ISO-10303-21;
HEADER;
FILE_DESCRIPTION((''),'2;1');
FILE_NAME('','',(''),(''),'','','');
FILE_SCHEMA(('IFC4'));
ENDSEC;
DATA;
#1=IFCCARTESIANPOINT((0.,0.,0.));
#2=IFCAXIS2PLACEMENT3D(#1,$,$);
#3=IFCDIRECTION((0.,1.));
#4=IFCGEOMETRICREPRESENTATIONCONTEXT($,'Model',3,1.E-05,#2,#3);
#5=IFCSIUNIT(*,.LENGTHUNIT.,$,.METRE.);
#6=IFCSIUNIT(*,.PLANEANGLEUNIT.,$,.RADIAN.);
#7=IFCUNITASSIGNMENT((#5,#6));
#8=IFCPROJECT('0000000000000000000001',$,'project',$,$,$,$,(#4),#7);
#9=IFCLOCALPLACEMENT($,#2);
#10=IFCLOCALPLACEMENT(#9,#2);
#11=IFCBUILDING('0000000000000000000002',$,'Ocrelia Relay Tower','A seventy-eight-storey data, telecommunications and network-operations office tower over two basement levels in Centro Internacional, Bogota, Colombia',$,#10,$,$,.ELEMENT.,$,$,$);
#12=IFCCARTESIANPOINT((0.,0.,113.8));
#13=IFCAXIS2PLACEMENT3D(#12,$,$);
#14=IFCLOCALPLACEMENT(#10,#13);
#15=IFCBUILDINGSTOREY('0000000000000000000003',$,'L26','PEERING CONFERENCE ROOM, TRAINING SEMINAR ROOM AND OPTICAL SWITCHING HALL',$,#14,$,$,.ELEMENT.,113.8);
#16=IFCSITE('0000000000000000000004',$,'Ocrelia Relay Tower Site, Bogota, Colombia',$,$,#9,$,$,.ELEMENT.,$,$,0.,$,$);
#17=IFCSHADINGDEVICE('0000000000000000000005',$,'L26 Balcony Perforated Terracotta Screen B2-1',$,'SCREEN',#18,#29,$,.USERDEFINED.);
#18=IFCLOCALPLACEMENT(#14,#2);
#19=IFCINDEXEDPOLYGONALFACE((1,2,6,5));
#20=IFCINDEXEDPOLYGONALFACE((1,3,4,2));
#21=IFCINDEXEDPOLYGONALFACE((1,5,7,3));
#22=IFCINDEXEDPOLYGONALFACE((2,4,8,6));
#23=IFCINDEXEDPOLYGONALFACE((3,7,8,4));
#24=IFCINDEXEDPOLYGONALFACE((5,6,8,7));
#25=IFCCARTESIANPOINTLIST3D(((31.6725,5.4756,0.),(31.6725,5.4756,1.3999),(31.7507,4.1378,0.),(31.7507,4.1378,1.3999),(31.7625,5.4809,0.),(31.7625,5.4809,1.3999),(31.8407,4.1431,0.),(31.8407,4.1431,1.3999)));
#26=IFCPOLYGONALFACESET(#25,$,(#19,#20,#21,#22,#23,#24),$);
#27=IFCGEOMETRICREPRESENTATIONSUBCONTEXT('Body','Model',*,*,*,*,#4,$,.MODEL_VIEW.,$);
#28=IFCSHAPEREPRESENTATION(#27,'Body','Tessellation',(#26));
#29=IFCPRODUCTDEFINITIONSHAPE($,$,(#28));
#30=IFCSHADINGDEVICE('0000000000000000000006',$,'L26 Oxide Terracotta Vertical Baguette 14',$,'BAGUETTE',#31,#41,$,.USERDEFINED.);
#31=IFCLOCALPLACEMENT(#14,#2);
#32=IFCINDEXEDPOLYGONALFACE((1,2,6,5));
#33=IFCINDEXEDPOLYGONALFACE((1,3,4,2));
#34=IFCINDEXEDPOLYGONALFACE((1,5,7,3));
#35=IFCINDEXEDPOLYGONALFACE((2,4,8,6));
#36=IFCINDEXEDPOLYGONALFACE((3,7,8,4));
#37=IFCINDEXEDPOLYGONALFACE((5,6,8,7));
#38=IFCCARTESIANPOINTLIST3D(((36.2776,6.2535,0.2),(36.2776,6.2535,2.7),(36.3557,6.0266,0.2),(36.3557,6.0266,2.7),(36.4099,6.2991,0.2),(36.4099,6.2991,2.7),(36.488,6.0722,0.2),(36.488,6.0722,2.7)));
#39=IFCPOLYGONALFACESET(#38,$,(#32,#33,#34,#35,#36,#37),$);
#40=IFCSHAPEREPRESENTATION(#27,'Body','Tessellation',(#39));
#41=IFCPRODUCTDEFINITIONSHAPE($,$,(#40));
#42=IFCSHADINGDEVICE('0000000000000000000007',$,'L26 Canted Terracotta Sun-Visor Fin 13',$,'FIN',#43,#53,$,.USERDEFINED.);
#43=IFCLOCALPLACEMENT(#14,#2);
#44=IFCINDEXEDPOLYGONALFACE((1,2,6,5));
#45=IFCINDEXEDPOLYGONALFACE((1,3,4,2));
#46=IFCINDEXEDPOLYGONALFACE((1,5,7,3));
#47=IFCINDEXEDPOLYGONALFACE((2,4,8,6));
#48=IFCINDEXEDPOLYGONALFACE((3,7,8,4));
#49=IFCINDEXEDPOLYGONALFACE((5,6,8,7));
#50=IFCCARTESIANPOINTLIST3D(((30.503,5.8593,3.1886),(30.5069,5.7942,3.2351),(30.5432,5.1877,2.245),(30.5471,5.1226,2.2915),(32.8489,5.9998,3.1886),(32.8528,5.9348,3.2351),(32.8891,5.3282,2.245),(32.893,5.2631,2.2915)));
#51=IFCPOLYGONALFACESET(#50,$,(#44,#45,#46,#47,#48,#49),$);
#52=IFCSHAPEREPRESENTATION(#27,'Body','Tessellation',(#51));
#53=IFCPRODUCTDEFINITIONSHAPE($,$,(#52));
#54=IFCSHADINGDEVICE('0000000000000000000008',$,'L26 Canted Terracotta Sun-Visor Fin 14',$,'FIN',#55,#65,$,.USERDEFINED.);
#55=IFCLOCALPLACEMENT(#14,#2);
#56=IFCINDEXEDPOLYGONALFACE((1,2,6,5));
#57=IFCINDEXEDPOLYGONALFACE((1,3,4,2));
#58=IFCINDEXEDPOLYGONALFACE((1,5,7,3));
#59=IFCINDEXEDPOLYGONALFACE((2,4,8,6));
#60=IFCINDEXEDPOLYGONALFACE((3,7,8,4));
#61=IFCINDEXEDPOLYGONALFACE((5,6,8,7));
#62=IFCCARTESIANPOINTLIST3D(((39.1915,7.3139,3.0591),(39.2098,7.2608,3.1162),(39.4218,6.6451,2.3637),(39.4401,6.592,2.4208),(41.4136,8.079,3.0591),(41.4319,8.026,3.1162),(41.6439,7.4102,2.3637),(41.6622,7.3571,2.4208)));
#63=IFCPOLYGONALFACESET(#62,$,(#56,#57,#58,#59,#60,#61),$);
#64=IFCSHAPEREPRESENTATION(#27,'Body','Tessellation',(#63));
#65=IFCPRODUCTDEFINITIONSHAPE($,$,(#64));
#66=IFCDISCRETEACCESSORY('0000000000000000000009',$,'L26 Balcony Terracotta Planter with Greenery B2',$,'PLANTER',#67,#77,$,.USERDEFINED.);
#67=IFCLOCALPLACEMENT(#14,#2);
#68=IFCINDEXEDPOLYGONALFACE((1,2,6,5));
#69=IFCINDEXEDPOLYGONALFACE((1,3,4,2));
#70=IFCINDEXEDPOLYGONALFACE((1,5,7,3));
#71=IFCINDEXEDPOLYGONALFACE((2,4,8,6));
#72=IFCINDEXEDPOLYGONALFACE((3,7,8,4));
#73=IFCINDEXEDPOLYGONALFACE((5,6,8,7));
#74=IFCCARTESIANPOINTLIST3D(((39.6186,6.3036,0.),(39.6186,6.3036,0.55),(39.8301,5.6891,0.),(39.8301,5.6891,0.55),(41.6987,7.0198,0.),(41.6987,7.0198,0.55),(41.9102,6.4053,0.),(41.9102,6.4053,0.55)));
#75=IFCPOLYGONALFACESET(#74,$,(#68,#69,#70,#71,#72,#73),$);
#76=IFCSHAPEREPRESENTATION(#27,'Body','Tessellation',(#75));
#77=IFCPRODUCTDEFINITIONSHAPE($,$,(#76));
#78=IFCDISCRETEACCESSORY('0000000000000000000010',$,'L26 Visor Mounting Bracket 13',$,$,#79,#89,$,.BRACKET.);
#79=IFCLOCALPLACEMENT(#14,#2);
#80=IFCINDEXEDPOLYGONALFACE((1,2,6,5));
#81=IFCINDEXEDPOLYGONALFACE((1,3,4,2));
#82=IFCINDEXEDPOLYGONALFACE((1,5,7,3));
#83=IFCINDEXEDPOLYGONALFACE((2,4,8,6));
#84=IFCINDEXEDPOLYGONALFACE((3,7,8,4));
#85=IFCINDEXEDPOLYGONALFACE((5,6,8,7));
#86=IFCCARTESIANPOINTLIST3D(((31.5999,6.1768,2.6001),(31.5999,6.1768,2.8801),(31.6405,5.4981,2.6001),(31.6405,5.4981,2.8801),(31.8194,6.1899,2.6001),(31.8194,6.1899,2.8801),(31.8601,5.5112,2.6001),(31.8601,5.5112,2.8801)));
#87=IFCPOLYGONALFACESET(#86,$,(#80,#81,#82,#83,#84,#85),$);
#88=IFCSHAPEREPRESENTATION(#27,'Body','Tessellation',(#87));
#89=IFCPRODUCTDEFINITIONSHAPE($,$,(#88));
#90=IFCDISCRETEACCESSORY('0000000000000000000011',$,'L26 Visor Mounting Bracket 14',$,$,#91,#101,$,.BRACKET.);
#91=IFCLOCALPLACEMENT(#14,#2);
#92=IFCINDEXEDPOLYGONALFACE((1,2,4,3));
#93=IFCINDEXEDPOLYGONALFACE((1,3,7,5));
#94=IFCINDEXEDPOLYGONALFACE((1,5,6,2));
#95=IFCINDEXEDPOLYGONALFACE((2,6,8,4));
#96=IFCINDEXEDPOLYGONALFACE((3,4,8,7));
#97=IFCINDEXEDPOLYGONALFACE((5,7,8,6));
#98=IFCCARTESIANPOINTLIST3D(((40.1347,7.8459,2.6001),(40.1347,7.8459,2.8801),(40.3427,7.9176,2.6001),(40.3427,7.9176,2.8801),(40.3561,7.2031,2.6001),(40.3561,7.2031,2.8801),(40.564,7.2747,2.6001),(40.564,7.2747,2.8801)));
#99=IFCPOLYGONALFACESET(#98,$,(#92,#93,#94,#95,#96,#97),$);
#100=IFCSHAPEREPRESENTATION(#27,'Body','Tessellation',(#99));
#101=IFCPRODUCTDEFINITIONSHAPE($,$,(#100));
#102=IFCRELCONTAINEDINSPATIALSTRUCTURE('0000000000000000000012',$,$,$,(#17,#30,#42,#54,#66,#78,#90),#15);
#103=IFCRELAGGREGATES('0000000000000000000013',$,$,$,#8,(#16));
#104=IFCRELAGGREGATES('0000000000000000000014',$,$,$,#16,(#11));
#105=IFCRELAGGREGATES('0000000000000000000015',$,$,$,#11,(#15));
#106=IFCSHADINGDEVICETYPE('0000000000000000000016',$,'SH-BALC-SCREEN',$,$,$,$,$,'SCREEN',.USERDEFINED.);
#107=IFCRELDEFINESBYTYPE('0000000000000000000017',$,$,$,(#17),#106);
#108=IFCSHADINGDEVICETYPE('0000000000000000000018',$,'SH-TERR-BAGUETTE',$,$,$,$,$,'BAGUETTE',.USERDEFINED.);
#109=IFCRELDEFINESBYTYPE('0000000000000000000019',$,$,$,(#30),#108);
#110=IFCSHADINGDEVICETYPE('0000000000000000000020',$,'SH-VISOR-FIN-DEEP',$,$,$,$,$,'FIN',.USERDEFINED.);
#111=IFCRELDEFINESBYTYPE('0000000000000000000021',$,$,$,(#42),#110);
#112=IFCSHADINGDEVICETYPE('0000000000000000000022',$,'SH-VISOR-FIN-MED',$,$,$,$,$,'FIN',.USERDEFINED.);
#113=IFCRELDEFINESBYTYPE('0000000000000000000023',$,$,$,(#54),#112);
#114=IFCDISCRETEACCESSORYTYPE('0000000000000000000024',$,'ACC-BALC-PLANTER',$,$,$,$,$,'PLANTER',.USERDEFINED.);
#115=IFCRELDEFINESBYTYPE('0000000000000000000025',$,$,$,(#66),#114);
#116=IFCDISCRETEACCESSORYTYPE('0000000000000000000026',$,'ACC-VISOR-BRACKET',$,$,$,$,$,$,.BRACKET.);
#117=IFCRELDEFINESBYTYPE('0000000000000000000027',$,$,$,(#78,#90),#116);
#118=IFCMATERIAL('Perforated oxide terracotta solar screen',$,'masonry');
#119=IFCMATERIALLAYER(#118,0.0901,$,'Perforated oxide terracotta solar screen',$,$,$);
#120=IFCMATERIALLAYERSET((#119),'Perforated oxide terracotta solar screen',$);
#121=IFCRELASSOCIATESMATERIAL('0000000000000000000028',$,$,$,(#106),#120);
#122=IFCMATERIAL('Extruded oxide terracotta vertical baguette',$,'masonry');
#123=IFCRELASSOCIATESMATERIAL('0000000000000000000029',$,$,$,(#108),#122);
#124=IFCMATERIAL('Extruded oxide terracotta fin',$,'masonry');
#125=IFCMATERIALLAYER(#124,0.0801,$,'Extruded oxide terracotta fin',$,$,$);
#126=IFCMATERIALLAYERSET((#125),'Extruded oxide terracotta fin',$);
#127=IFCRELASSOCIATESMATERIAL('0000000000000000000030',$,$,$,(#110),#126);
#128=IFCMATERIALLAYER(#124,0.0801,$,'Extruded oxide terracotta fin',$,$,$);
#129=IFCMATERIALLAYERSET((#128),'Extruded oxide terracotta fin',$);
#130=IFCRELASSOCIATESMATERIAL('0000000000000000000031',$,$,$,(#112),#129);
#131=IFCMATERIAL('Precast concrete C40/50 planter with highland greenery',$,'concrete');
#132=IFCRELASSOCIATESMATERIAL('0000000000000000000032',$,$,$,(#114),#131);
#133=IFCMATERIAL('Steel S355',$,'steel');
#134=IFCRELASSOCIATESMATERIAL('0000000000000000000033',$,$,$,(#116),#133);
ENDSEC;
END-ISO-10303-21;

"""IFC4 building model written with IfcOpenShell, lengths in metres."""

from ifc_helpers import new_model, si_unit, direction, frame, origin, origin_2d, place, context, subcontext, project, spatial, rectangle, extrude, material, layer, layer_set, type_object, element, save


model = new_model("IFC4")

# Units and contexts
model_context = context("Model", 3, precision=1e-05, world=origin(), true_north=direction((0.0, 1.0)))
body_context = subcontext(model_context, "Body", "Model", "MODEL_VIEW")
ifc_project = project(units=[si_unit("LENGTHUNIT", "METRE"), si_unit("PLANEANGLEUNIT", "RADIAN")], contexts=[model_context])

# Site, building, storey
site_placement = place(None, origin())
site = spatial("IfcSite", under=ifc_project, at=site_placement, Name="Ocrelia Relay Tower Site, Bogota, Colombia", CompositionType="ELEMENT", RefElevation=0.0)
building_placement = place(site_placement, origin())
building = spatial("IfcBuilding", under=site, at=building_placement, Name="Ocrelia Relay Tower", Description="A seventy-eight-storey data, telecommunications and network-operations office tower over two basement levels in Centro Internacional, Bogota, Colombia", CompositionType="ELEMENT")
storey_placement = place(building_placement, frame((0.0, 0.0, 113.8)))
storey = spatial("IfcBuildingStorey", under=building, at=storey_placement, Name="L26", Description="PEERING CONFERENCE ROOM, TRAINING SEMINAR ROOM AND OPTICAL SWITCHING HALL", CompositionType="ELEMENT", Elevation=113.8)

# Shared definitions
ifc_material_1 = material(Name="Steel S355", Category="steel")

# Shading devices
ifc_material_2 = material(Name="Perforated oxide terracotta solar screen", Category="masonry")
ifc_layer_1 = layer(ifc_material_2, 0.0901, Name="Perforated oxide terracotta solar screen")
ifc_layer_set_1 = layer_set([ifc_layer_1], Name="Perforated oxide terracotta solar screen")
shading_device_type_1 = type_object("IfcShadingDeviceType", Name="SH-BALC-SCREEN", ElementType="SCREEN", PredefinedType="USERDEFINED", material=ifc_layer_set_1)
shading_device_1_placement = place(storey_placement, frame((31.7566, 4.8093, 0.0), z_axis=(0.0, 0.0, 1.0), x_axis=(0.058343, -0.998297, 0.0)))
element("IfcShadingDevice", 1, at=shading_device_1_placement, inside=storey, type_object=shading_device_type_1, Name="L26 Balcony Perforated Terracotta Screen B2-1", ObjectType="SCREEN", PredefinedType="USERDEFINED", context=body_context, shape_type="SweptSolid", body=[
    extrude(rectangle(XDim=1.3401, YDim=0.0901, at=origin_2d()), origin(), (0.0, 0.0, 1.0), 1.3999),
])
ifc_material_3 = material(Name="Extruded oxide terracotta vertical baguette", Category="masonry")
shading_device_type_2 = type_object("IfcShadingDeviceType", Name="SH-TERR-BAGUETTE", ElementType="BAGUETTE", PredefinedType="USERDEFINED", material=ifc_material_3)
shading_device_2_placement = place(storey_placement, frame((36.3828, 6.1628, 0.2), z_axis=(0.0, 0.0, 1.0), x_axis=(0.945517, 0.325573, 0.0)))
element("IfcShadingDevice", 2, at=shading_device_2_placement, inside=storey, type_object=shading_device_type_2, Name="L26 Oxide Terracotta Vertical Baguette 14", ObjectType="BAGUETTE", PredefinedType="USERDEFINED", context=body_context, shape_type="SweptSolid", body=[
    extrude(rectangle(XDim=0.1399, YDim=0.24, at=origin_2d()), origin(), (0.0, 0.0, 1.0), 2.5),
])
ifc_material_4 = material(Name="Extruded oxide terracotta fin", Category="masonry")
ifc_layer_2 = layer(ifc_material_4, 0.0801, Name="Extruded oxide terracotta fin")
ifc_layer_set_2 = layer_set([ifc_layer_2], Name="Extruded oxide terracotta fin")
shading_device_type_3 = type_object("IfcShadingDeviceType", Name="SH-VISOR-FIN-DEEP", ElementType="FIN", PredefinedType="USERDEFINED", material=ifc_layer_set_2)
shading_device_3_placement = place(storey_placement, frame((31.696, 5.5938, 2.7168), z_axis=(0.048696, -0.812759, 0.580561), x_axis=(0.99821, 0.059807, 0.0)))
element("IfcShadingDevice", 3, at=shading_device_3_placement, inside=storey, type_object=shading_device_type_3, Name="L26 Canted Terracotta Sun-Visor Fin 13", ObjectType="FIN", PredefinedType="USERDEFINED", context=body_context, shape_type="SweptSolid", body=[
    extrude(rectangle(XDim=2.3501, YDim=1.1589, at=origin_2d()), origin(), (0.0, 0.0, 1.0), 0.0801),
])
ifc_layer_3 = layer(ifc_material_4, 0.0801, Name="Extruded oxide terracotta fin")
ifc_layer_set_3 = layer_set([ifc_layer_3], Name="Extruded oxide terracotta fin")
shading_device_type_4 = type_object("IfcShadingDeviceType", Name="SH-VISOR-FIN-MED", ElementType="FIN", PredefinedType="USERDEFINED", material=ifc_layer_set_3)
shading_device_4_placement = place(storey_placement, frame((40.4177, 7.3621, 2.7114), z_axis=(0.228237, -0.662839, 0.713128), x_axis=(0.945517, 0.325573, 0.0)))
element("IfcShadingDevice", 4, at=shading_device_4_placement, inside=storey, type_object=shading_device_type_4, Name="L26 Canted Terracotta Sun-Visor Fin 14", ObjectType="FIN", PredefinedType="USERDEFINED", context=body_context, shape_type="SweptSolid", body=[
    extrude(rectangle(XDim=2.3501, YDim=0.9919, at=origin_2d()), origin(), (0.0, 0.0, 1.0), 0.0801),
])

# Discrete accessories
ifc_material_5 = material(Name="Precast concrete C40/50 planter with highland greenery", Category="concrete")
discrete_accessory_type_1 = type_object("IfcDiscreteAccessoryType", Name="ACC-BALC-PLANTER", ElementType="PLANTER", PredefinedType="USERDEFINED", material=ifc_material_5)
discrete_accessory_placement = place(storey_placement, frame((40.7644, 6.3545, 0.0), z_axis=(0.0, 0.0, 1.0), x_axis=(-0.945524, -0.325553, 0.0)))
element("IfcDiscreteAccessory", 5, at=discrete_accessory_placement, inside=storey, type_object=discrete_accessory_type_1, Name="L26 Balcony Terracotta Planter with Greenery B2", ObjectType="PLANTER", PredefinedType="USERDEFINED", context=body_context, shape_type="SweptSolid", body=[
    extrude(rectangle(XDim=2.2, YDim=0.6499, at=origin_2d()), origin(), (0.0, 0.0, 1.0), 0.55),
])
discrete_accessory_type_2 = type_object("IfcDiscreteAccessoryType", Name="ACC-VISOR-BRACKET", PredefinedType="BRACKET", material=ifc_material_1)
for number, where, z_axis, x_axis, name in (
    (6, (31.73, 5.844, 2.6001), (0.0, 0.0, 1.0), (0.99821, 0.059807, 0.0), "L26 Visor Mounting Bracket 13"),
    (7, (40.3494, 7.5603, 2.6001), (0.0, 0.0, 1.0), (0.945517, 0.325573, 0.0), "L26 Visor Mounting Bracket 14"),
):
    element("IfcDiscreteAccessory", number, at=place(storey_placement, frame(where, z_axis=z_axis, x_axis=x_axis)), inside=storey, type_object=discrete_accessory_type_2, Name=name, PredefinedType="BRACKET", context=body_context, shape_type="SweptSolid", body=[
        extrude(rectangle(XDim=0.22, YDim=0.6799, at=origin_2d()), origin(), (0.0, 0.0, 1.0), 0.28),
    ])

save(model, "model.ifc")
